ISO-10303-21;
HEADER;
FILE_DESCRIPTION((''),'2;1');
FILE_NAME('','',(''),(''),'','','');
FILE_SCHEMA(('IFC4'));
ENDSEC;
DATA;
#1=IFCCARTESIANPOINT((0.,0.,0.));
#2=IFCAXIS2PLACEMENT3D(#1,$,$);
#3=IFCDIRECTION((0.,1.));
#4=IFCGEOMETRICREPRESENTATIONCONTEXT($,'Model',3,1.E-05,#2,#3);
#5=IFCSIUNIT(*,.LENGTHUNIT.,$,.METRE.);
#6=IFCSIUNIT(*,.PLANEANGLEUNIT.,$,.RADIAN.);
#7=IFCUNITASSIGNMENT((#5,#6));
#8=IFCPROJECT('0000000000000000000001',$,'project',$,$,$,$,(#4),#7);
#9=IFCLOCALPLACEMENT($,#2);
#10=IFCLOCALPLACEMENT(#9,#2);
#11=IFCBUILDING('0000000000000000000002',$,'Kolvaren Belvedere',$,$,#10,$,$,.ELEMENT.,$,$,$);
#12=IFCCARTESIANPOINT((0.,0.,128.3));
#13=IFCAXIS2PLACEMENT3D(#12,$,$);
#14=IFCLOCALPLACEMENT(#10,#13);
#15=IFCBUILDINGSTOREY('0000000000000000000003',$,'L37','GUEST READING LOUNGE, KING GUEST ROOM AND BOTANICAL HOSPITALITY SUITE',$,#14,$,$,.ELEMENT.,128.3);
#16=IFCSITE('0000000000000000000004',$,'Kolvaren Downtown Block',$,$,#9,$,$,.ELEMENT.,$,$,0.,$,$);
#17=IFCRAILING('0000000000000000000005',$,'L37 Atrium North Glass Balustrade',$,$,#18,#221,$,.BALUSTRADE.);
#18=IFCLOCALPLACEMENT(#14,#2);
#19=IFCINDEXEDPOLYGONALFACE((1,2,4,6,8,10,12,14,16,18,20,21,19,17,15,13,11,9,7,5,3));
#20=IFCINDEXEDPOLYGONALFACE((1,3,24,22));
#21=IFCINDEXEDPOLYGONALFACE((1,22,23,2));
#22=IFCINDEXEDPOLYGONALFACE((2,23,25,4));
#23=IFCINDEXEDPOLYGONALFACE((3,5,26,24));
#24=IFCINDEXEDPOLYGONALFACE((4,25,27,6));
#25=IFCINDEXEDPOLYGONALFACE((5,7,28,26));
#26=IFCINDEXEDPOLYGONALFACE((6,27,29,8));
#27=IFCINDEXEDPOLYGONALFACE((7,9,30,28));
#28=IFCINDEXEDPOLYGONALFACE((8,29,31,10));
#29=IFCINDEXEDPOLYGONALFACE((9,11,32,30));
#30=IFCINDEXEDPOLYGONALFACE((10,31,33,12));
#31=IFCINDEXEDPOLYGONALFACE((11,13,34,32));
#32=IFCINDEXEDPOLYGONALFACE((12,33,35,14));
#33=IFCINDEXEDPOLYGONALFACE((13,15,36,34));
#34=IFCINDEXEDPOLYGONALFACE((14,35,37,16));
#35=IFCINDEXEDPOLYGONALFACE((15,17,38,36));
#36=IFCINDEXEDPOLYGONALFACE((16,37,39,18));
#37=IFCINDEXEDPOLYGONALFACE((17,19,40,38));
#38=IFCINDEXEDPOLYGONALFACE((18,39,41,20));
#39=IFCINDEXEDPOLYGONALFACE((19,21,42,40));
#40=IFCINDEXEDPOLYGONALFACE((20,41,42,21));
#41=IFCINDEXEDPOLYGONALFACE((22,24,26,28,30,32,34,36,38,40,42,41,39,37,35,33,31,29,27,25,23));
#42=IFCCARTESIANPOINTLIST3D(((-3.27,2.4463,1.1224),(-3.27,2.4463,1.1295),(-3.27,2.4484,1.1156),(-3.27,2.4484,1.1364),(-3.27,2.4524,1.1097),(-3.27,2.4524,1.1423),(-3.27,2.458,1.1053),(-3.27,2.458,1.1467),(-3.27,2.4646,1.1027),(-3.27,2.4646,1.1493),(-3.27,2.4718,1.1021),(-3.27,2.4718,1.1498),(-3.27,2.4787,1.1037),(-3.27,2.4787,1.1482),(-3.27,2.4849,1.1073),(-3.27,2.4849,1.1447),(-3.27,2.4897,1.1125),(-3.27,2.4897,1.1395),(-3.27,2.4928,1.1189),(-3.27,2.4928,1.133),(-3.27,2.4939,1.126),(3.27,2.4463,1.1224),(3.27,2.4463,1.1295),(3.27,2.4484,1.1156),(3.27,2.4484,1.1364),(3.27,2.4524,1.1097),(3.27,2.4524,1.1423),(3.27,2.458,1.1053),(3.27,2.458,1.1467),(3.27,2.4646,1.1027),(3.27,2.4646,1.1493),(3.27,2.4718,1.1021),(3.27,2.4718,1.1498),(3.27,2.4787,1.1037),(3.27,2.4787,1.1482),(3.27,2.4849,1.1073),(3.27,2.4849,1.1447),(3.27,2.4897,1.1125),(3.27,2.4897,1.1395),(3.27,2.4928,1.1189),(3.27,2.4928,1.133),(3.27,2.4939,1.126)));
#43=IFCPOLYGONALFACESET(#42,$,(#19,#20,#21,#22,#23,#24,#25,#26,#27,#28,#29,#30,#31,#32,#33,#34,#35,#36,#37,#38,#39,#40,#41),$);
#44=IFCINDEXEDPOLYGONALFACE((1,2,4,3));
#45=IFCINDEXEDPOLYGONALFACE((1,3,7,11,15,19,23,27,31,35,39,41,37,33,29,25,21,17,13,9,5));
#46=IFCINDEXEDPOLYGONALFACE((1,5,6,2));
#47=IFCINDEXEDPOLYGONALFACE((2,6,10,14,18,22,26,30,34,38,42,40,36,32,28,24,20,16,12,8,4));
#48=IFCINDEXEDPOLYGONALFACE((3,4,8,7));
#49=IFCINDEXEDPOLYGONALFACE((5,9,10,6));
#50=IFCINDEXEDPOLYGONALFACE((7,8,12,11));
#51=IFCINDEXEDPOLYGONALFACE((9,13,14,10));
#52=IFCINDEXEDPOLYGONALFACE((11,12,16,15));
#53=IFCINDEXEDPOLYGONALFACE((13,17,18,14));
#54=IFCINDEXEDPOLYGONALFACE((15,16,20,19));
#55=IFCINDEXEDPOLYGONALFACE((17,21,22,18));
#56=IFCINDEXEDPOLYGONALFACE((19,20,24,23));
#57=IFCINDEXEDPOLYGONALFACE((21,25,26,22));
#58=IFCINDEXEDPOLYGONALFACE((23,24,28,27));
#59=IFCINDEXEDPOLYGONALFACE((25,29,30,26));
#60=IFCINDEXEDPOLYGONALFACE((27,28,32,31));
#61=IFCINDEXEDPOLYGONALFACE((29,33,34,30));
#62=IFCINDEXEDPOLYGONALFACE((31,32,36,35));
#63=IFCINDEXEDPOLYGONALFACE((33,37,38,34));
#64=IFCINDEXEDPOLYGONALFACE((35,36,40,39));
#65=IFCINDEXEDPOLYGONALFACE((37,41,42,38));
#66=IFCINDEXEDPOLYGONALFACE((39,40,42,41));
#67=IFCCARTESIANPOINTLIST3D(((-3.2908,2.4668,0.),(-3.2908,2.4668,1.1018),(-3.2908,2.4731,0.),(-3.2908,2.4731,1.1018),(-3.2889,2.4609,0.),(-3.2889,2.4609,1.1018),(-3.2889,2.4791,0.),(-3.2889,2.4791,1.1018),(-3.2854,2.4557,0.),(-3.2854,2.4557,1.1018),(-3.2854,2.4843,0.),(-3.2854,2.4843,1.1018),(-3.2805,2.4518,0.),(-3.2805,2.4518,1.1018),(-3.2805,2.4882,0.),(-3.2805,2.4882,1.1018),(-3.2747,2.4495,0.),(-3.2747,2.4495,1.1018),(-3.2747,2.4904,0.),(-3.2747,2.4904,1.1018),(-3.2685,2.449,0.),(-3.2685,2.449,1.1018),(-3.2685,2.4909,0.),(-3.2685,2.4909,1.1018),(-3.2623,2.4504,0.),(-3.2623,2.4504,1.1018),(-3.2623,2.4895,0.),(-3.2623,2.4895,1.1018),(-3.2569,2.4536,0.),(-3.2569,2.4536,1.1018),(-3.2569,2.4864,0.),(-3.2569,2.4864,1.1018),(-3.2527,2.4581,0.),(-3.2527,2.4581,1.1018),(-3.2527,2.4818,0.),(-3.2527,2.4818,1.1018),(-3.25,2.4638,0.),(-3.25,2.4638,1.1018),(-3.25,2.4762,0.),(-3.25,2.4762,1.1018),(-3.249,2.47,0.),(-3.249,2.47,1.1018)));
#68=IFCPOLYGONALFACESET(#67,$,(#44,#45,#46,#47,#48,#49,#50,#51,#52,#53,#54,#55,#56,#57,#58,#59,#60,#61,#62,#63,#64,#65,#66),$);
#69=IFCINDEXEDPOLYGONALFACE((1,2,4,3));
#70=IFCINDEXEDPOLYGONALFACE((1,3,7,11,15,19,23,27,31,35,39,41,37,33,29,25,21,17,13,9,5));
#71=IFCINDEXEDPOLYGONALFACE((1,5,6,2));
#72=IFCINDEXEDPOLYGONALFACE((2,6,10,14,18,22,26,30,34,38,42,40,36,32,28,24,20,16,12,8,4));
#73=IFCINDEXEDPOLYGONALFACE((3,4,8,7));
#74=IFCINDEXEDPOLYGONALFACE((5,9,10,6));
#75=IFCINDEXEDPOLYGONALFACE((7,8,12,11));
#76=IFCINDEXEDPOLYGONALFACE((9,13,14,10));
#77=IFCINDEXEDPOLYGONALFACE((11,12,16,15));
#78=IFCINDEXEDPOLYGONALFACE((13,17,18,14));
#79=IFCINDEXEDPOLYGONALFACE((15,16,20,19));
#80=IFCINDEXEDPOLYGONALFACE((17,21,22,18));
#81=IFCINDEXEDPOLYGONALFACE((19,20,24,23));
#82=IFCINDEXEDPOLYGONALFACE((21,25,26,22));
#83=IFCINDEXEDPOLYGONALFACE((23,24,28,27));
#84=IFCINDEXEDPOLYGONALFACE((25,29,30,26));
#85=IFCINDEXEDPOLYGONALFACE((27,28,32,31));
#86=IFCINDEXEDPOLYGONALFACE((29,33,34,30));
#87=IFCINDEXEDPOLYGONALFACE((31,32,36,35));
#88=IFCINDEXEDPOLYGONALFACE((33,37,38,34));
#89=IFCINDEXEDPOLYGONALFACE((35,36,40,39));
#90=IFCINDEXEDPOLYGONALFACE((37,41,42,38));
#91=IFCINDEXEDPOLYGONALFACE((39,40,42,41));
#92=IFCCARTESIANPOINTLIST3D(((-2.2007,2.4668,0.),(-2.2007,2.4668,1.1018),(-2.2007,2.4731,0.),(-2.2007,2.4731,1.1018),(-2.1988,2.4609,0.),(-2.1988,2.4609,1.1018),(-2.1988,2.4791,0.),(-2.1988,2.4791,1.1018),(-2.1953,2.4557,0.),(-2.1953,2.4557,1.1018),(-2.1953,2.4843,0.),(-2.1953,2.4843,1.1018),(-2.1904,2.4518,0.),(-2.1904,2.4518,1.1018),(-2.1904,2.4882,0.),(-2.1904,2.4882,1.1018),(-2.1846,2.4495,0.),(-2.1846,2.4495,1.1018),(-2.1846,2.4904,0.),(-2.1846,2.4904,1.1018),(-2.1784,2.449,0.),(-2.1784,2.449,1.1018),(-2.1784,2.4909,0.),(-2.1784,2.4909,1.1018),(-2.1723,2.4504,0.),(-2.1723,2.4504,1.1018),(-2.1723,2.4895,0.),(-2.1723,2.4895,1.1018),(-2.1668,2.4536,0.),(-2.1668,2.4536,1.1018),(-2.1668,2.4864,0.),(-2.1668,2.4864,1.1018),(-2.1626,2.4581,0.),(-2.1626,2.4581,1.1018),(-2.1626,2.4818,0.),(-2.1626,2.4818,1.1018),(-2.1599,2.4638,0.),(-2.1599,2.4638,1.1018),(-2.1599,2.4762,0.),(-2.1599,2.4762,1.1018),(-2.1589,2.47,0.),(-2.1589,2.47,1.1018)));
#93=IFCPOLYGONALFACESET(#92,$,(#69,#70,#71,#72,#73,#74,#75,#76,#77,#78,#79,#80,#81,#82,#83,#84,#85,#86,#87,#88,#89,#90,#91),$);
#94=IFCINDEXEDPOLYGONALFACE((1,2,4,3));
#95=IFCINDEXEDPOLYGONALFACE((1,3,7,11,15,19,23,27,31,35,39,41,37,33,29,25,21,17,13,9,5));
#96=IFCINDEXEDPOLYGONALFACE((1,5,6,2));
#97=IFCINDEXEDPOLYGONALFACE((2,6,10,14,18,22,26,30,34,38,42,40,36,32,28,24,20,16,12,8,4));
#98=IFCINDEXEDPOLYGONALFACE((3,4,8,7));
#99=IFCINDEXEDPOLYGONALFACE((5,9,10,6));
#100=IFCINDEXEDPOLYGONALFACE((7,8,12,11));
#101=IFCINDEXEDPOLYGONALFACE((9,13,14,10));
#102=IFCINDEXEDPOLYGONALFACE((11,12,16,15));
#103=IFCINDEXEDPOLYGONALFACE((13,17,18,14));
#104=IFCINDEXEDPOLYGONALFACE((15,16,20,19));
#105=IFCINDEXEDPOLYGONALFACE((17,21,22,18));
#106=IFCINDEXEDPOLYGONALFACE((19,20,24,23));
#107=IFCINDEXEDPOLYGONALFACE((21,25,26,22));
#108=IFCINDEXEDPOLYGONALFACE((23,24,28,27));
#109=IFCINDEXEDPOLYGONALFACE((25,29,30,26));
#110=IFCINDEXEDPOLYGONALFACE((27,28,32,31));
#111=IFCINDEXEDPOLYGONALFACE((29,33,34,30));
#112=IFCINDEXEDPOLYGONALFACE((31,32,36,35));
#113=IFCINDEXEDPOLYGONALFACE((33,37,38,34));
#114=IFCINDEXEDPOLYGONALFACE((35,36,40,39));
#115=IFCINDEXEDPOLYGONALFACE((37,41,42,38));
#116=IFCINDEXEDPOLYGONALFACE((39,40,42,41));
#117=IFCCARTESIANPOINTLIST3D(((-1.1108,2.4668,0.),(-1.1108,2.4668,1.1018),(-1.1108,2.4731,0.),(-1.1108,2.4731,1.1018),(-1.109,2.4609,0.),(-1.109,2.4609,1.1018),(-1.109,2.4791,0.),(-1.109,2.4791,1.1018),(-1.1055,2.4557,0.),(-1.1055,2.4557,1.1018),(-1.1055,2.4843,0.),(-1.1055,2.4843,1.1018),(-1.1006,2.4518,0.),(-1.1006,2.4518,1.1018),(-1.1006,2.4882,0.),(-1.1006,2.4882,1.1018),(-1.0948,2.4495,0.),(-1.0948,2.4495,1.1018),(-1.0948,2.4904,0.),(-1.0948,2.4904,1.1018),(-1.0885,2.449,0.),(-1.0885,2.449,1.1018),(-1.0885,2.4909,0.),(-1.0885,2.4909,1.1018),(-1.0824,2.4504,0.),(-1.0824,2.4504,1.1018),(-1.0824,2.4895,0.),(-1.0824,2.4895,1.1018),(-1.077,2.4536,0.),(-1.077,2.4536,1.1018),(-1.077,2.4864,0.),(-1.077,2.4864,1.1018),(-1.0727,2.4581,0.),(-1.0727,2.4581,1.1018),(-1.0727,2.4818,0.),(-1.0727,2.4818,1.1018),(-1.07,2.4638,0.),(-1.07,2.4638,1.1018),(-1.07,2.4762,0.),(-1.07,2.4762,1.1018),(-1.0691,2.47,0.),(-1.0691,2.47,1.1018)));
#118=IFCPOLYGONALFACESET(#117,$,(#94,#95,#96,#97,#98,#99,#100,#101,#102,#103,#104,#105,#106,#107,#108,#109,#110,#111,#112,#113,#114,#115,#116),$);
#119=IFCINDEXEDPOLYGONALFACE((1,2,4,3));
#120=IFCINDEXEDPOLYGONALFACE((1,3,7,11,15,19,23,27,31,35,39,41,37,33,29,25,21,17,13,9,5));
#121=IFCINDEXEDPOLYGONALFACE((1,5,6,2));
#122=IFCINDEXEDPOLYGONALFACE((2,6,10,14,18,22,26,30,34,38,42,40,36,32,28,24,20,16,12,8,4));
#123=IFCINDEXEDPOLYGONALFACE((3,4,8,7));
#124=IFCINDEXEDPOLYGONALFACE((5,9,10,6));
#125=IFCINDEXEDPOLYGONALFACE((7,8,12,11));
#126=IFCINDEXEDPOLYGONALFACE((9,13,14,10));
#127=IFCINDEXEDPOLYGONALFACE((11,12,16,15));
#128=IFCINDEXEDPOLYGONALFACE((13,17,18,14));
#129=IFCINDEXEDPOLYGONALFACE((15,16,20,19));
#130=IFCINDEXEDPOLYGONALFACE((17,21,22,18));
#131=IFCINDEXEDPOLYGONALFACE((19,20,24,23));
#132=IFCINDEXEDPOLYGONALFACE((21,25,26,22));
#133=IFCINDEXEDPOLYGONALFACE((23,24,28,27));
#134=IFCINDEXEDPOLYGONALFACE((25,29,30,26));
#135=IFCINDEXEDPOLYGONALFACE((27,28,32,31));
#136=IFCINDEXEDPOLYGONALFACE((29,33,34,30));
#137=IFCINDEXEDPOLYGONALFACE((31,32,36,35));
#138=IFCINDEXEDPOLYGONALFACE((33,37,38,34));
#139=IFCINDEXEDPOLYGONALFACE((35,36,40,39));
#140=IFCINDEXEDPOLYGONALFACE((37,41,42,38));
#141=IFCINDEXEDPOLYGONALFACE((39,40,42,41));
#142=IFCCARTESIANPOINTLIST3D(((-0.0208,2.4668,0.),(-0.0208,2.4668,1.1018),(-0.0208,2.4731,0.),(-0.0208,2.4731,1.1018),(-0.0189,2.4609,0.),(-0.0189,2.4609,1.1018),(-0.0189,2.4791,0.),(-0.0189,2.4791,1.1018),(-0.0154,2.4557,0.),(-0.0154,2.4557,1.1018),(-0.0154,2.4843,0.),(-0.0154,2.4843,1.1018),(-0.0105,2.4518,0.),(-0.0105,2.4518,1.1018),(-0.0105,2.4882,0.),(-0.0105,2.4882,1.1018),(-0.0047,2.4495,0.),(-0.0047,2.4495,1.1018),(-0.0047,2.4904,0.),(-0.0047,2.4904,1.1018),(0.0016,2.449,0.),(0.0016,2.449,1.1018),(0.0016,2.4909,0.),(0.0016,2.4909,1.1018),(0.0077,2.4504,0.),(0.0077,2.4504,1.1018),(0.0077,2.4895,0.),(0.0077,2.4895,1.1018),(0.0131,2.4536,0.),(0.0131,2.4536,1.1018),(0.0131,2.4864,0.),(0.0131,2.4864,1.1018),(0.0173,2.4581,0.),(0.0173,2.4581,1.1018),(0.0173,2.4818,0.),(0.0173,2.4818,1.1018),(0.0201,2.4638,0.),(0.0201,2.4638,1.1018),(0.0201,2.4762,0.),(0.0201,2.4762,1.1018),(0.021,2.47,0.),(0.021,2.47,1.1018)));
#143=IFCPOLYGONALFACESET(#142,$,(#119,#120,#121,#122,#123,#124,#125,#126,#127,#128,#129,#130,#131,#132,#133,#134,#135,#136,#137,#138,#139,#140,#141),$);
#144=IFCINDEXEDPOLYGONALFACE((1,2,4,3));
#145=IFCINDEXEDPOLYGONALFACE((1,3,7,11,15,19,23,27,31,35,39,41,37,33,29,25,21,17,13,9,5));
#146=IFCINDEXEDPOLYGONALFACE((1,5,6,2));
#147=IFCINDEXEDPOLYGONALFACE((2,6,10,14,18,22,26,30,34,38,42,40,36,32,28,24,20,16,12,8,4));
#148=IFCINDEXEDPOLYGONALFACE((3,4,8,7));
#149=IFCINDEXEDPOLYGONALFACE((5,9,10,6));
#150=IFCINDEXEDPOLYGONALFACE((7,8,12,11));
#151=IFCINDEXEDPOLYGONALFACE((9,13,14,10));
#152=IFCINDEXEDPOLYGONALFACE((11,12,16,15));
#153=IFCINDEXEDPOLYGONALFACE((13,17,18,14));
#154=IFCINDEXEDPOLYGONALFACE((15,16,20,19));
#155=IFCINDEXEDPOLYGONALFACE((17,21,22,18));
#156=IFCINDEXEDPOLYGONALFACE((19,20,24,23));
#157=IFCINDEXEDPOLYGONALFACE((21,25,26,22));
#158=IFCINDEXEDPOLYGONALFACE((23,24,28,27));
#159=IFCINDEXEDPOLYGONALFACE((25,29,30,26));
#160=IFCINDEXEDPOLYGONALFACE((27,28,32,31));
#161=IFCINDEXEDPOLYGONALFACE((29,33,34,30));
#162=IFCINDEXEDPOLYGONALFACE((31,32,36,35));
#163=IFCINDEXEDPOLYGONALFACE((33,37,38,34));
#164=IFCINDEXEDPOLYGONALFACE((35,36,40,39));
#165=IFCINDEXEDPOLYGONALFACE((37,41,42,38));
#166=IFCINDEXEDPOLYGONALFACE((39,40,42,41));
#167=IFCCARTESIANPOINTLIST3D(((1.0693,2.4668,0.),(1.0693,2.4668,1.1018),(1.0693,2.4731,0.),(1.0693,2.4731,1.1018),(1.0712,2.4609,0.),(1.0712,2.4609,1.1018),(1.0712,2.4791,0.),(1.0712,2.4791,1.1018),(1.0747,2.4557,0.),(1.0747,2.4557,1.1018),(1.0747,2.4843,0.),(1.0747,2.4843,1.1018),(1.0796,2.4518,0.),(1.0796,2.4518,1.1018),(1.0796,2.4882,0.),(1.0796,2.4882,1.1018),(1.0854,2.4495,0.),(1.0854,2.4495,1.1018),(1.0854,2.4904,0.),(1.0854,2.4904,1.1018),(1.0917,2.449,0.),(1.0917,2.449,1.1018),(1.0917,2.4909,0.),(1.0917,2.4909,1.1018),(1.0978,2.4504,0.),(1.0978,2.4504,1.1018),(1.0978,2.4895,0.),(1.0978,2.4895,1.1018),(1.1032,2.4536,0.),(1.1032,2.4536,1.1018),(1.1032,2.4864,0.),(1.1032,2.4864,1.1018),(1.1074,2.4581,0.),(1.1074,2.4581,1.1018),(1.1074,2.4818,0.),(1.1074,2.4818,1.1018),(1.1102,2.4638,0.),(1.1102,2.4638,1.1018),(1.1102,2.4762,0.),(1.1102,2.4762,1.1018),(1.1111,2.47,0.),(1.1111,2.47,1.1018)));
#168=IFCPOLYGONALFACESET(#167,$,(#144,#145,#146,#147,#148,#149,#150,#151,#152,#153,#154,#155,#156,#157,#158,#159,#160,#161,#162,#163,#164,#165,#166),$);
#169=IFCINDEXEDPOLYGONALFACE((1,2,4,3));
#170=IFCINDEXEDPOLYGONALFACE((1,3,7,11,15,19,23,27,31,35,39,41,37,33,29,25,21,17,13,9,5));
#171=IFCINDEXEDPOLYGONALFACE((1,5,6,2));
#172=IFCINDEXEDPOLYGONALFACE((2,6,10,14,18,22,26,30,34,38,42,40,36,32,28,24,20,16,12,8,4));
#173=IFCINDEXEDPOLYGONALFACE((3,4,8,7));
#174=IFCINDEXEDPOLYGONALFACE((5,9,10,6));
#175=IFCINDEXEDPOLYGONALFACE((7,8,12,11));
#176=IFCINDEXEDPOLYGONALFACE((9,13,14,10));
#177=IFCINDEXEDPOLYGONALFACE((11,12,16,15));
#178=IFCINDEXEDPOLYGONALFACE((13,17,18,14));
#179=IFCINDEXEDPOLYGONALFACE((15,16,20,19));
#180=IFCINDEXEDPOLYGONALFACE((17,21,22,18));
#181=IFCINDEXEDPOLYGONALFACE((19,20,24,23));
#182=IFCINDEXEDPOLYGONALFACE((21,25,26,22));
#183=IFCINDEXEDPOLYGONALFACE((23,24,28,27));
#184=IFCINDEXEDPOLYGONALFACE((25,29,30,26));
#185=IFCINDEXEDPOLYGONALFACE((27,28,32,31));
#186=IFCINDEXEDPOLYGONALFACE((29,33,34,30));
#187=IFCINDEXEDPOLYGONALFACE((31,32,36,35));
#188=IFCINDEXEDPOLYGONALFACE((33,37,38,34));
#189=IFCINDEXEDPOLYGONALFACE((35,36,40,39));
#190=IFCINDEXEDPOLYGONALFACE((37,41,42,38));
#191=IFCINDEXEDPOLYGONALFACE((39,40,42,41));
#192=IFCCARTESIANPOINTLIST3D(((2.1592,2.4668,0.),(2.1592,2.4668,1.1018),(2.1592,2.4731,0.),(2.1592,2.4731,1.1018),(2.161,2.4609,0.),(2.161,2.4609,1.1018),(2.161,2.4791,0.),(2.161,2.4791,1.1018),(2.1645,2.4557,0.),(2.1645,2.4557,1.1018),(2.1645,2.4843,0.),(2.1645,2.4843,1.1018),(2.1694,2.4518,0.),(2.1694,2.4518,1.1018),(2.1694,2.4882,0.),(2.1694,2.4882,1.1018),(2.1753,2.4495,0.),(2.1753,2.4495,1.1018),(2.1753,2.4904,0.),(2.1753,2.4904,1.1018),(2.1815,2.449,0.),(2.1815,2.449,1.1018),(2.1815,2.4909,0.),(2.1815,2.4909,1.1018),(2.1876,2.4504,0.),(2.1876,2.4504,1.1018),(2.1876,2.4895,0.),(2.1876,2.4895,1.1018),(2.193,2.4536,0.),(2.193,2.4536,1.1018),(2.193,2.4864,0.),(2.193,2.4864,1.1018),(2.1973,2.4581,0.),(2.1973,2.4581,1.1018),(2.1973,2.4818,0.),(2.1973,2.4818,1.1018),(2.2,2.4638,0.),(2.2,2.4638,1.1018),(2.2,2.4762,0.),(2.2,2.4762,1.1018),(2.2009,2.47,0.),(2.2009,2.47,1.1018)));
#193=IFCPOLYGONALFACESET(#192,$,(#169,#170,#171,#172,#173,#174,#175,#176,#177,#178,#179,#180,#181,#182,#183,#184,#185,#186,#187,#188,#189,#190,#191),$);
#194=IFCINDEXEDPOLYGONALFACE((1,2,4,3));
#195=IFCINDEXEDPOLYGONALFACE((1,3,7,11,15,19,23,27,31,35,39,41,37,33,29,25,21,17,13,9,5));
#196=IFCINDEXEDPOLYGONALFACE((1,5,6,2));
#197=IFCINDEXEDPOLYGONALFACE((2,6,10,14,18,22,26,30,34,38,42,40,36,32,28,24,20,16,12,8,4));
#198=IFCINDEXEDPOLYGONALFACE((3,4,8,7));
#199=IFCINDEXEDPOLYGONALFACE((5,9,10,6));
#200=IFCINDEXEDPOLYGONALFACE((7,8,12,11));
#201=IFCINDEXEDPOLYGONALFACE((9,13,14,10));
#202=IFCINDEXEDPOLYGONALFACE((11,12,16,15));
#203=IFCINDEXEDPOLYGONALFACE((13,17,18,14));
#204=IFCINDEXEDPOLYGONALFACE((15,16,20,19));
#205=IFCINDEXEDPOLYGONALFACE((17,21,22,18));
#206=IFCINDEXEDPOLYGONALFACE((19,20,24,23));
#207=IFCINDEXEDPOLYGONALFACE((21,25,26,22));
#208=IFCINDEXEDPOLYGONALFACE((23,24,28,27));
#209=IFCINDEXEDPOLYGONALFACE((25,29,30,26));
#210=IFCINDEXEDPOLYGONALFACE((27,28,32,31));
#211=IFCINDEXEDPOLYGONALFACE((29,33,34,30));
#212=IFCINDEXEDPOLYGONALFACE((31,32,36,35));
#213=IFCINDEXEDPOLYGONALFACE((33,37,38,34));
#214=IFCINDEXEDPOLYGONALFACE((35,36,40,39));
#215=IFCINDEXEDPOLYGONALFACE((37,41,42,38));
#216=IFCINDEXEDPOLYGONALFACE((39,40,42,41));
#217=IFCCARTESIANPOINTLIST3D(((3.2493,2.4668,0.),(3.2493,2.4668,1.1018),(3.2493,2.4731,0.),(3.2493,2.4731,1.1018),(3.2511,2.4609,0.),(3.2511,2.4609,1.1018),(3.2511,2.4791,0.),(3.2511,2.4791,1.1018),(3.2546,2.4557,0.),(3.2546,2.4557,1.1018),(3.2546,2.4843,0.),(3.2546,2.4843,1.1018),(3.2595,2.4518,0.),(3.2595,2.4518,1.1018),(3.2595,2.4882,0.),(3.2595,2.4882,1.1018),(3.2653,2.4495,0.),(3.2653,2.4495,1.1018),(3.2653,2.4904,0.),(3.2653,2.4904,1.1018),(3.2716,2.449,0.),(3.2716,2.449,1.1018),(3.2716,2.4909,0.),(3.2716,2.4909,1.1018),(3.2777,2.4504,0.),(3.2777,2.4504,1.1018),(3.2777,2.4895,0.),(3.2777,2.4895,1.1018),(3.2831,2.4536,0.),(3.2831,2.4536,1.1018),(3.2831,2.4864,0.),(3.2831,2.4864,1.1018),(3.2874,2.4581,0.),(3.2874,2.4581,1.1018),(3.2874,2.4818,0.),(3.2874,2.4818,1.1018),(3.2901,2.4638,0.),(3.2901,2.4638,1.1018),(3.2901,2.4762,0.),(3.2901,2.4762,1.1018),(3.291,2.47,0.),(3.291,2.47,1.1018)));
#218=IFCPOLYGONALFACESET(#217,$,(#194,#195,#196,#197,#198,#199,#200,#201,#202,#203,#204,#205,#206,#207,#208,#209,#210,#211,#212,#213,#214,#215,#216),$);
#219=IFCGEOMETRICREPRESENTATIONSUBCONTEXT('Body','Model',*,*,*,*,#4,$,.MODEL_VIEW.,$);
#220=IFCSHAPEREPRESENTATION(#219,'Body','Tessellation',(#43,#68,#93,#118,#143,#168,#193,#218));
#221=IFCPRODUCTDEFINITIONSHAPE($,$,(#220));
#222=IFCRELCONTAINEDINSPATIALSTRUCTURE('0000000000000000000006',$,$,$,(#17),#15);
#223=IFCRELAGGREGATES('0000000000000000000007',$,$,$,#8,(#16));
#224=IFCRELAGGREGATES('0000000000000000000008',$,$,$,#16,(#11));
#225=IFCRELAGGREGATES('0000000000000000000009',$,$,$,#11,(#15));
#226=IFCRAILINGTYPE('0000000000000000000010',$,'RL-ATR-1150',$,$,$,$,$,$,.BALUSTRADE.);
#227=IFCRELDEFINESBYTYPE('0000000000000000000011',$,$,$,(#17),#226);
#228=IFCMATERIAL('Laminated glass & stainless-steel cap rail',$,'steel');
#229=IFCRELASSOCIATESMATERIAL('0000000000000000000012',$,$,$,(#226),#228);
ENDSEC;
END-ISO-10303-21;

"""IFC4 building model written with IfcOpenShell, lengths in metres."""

from ifc_helpers import new_model, si_unit, direction, frame, origin, origin_2d, place, context, subcontext, project, spatial, circle, extrude, material, type_object, element, save


model = new_model("IFC4")

# Units and contexts
model_context = context("Model", 3, precision=1e-05, world=origin(), true_north=direction((0.0, 1.0)))
body_context = subcontext(model_context, "Body", "Model", "MODEL_VIEW")
ifc_project = project(units=[si_unit("LENGTHUNIT", "METRE"), si_unit("PLANEANGLEUNIT", "RADIAN")], contexts=[model_context])

# Site, building, storey
site_placement = place(None, origin())
site = spatial("IfcSite", under=ifc_project, at=site_placement, Name="Kolvaren Downtown Block", CompositionType="ELEMENT", RefElevation=0.0)
building_placement = place(site_placement, origin())
building = spatial("IfcBuilding", under=site, at=building_placement, Name="Kolvaren Belvedere", CompositionType="ELEMENT")
storey_placement = place(building_placement, frame((0.0, 0.0, 128.3)))
storey = spatial("IfcBuildingStorey", under=building, at=storey_placement, Name="L37", Description="GUEST READING LOUNGE, KING GUEST ROOM AND BOTANICAL HOSPITALITY SUITE", CompositionType="ELEMENT", Elevation=128.3)

# Railing
ifc_material_1 = material(Name="Laminated glass & stainless-steel cap rail", Category="steel")
railing_type_1 = type_object("IfcRailingType", Name="RL-ATR-1150", PredefinedType="BALUSTRADE", material=ifc_material_1)
railing_1_placement = place(storey_placement, frame((-3.27, 2.47, 0.0)))
element("IfcRailing", 1, at=railing_1_placement, inside=storey, type_object=railing_type_1, Name="L37 Atrium North Glass Balustrade", PredefinedType="BALUSTRADE", context=body_context, shape_type="SweptSolid", body=[
    extrude(circle(Radius=0.0239, at=origin_2d()), frame((0.0, 0.0, 1.126), z_axis=(1.0, 0.0, 0.0), x_axis=(0.0, 1.0, 0.0)), (0.0, 0.0, 1.0), 6.54),
    extrude(circle(Radius=0.021, at=origin_2d()), origin(), (0.0, 0.0, 1.0), 1.1018),
    extrude(circle(Radius=0.021, at=origin_2d()), frame((1.0901, 0.0, 0.0)), (0.0, 0.0, 1.0), 1.1018),
    extrude(circle(Radius=0.021, at=origin_2d()), frame((2.1799, 0.0, 0.0)), (0.0, 0.0, 1.0), 1.1018),
    extrude(circle(Radius=0.021, at=origin_2d()), frame((3.27, 0.0, 0.0)), (0.0, 0.0, 1.0), 1.1018),
    extrude(circle(Radius=0.021, at=origin_2d()), frame((4.3601, 0.0, 0.0)), (0.0, 0.0, 1.0), 1.1018),
    extrude(circle(Radius=0.021, at=origin_2d()), frame((5.45, 0.0, 0.0)), (0.0, 0.0, 1.0), 1.1018),
    extrude(circle(Radius=0.021, at=origin_2d()), frame((6.54, 0.0, 0.0)), (0.0, 0.0, 1.0), 1.1018),
])

save(model, "model.ifc")
